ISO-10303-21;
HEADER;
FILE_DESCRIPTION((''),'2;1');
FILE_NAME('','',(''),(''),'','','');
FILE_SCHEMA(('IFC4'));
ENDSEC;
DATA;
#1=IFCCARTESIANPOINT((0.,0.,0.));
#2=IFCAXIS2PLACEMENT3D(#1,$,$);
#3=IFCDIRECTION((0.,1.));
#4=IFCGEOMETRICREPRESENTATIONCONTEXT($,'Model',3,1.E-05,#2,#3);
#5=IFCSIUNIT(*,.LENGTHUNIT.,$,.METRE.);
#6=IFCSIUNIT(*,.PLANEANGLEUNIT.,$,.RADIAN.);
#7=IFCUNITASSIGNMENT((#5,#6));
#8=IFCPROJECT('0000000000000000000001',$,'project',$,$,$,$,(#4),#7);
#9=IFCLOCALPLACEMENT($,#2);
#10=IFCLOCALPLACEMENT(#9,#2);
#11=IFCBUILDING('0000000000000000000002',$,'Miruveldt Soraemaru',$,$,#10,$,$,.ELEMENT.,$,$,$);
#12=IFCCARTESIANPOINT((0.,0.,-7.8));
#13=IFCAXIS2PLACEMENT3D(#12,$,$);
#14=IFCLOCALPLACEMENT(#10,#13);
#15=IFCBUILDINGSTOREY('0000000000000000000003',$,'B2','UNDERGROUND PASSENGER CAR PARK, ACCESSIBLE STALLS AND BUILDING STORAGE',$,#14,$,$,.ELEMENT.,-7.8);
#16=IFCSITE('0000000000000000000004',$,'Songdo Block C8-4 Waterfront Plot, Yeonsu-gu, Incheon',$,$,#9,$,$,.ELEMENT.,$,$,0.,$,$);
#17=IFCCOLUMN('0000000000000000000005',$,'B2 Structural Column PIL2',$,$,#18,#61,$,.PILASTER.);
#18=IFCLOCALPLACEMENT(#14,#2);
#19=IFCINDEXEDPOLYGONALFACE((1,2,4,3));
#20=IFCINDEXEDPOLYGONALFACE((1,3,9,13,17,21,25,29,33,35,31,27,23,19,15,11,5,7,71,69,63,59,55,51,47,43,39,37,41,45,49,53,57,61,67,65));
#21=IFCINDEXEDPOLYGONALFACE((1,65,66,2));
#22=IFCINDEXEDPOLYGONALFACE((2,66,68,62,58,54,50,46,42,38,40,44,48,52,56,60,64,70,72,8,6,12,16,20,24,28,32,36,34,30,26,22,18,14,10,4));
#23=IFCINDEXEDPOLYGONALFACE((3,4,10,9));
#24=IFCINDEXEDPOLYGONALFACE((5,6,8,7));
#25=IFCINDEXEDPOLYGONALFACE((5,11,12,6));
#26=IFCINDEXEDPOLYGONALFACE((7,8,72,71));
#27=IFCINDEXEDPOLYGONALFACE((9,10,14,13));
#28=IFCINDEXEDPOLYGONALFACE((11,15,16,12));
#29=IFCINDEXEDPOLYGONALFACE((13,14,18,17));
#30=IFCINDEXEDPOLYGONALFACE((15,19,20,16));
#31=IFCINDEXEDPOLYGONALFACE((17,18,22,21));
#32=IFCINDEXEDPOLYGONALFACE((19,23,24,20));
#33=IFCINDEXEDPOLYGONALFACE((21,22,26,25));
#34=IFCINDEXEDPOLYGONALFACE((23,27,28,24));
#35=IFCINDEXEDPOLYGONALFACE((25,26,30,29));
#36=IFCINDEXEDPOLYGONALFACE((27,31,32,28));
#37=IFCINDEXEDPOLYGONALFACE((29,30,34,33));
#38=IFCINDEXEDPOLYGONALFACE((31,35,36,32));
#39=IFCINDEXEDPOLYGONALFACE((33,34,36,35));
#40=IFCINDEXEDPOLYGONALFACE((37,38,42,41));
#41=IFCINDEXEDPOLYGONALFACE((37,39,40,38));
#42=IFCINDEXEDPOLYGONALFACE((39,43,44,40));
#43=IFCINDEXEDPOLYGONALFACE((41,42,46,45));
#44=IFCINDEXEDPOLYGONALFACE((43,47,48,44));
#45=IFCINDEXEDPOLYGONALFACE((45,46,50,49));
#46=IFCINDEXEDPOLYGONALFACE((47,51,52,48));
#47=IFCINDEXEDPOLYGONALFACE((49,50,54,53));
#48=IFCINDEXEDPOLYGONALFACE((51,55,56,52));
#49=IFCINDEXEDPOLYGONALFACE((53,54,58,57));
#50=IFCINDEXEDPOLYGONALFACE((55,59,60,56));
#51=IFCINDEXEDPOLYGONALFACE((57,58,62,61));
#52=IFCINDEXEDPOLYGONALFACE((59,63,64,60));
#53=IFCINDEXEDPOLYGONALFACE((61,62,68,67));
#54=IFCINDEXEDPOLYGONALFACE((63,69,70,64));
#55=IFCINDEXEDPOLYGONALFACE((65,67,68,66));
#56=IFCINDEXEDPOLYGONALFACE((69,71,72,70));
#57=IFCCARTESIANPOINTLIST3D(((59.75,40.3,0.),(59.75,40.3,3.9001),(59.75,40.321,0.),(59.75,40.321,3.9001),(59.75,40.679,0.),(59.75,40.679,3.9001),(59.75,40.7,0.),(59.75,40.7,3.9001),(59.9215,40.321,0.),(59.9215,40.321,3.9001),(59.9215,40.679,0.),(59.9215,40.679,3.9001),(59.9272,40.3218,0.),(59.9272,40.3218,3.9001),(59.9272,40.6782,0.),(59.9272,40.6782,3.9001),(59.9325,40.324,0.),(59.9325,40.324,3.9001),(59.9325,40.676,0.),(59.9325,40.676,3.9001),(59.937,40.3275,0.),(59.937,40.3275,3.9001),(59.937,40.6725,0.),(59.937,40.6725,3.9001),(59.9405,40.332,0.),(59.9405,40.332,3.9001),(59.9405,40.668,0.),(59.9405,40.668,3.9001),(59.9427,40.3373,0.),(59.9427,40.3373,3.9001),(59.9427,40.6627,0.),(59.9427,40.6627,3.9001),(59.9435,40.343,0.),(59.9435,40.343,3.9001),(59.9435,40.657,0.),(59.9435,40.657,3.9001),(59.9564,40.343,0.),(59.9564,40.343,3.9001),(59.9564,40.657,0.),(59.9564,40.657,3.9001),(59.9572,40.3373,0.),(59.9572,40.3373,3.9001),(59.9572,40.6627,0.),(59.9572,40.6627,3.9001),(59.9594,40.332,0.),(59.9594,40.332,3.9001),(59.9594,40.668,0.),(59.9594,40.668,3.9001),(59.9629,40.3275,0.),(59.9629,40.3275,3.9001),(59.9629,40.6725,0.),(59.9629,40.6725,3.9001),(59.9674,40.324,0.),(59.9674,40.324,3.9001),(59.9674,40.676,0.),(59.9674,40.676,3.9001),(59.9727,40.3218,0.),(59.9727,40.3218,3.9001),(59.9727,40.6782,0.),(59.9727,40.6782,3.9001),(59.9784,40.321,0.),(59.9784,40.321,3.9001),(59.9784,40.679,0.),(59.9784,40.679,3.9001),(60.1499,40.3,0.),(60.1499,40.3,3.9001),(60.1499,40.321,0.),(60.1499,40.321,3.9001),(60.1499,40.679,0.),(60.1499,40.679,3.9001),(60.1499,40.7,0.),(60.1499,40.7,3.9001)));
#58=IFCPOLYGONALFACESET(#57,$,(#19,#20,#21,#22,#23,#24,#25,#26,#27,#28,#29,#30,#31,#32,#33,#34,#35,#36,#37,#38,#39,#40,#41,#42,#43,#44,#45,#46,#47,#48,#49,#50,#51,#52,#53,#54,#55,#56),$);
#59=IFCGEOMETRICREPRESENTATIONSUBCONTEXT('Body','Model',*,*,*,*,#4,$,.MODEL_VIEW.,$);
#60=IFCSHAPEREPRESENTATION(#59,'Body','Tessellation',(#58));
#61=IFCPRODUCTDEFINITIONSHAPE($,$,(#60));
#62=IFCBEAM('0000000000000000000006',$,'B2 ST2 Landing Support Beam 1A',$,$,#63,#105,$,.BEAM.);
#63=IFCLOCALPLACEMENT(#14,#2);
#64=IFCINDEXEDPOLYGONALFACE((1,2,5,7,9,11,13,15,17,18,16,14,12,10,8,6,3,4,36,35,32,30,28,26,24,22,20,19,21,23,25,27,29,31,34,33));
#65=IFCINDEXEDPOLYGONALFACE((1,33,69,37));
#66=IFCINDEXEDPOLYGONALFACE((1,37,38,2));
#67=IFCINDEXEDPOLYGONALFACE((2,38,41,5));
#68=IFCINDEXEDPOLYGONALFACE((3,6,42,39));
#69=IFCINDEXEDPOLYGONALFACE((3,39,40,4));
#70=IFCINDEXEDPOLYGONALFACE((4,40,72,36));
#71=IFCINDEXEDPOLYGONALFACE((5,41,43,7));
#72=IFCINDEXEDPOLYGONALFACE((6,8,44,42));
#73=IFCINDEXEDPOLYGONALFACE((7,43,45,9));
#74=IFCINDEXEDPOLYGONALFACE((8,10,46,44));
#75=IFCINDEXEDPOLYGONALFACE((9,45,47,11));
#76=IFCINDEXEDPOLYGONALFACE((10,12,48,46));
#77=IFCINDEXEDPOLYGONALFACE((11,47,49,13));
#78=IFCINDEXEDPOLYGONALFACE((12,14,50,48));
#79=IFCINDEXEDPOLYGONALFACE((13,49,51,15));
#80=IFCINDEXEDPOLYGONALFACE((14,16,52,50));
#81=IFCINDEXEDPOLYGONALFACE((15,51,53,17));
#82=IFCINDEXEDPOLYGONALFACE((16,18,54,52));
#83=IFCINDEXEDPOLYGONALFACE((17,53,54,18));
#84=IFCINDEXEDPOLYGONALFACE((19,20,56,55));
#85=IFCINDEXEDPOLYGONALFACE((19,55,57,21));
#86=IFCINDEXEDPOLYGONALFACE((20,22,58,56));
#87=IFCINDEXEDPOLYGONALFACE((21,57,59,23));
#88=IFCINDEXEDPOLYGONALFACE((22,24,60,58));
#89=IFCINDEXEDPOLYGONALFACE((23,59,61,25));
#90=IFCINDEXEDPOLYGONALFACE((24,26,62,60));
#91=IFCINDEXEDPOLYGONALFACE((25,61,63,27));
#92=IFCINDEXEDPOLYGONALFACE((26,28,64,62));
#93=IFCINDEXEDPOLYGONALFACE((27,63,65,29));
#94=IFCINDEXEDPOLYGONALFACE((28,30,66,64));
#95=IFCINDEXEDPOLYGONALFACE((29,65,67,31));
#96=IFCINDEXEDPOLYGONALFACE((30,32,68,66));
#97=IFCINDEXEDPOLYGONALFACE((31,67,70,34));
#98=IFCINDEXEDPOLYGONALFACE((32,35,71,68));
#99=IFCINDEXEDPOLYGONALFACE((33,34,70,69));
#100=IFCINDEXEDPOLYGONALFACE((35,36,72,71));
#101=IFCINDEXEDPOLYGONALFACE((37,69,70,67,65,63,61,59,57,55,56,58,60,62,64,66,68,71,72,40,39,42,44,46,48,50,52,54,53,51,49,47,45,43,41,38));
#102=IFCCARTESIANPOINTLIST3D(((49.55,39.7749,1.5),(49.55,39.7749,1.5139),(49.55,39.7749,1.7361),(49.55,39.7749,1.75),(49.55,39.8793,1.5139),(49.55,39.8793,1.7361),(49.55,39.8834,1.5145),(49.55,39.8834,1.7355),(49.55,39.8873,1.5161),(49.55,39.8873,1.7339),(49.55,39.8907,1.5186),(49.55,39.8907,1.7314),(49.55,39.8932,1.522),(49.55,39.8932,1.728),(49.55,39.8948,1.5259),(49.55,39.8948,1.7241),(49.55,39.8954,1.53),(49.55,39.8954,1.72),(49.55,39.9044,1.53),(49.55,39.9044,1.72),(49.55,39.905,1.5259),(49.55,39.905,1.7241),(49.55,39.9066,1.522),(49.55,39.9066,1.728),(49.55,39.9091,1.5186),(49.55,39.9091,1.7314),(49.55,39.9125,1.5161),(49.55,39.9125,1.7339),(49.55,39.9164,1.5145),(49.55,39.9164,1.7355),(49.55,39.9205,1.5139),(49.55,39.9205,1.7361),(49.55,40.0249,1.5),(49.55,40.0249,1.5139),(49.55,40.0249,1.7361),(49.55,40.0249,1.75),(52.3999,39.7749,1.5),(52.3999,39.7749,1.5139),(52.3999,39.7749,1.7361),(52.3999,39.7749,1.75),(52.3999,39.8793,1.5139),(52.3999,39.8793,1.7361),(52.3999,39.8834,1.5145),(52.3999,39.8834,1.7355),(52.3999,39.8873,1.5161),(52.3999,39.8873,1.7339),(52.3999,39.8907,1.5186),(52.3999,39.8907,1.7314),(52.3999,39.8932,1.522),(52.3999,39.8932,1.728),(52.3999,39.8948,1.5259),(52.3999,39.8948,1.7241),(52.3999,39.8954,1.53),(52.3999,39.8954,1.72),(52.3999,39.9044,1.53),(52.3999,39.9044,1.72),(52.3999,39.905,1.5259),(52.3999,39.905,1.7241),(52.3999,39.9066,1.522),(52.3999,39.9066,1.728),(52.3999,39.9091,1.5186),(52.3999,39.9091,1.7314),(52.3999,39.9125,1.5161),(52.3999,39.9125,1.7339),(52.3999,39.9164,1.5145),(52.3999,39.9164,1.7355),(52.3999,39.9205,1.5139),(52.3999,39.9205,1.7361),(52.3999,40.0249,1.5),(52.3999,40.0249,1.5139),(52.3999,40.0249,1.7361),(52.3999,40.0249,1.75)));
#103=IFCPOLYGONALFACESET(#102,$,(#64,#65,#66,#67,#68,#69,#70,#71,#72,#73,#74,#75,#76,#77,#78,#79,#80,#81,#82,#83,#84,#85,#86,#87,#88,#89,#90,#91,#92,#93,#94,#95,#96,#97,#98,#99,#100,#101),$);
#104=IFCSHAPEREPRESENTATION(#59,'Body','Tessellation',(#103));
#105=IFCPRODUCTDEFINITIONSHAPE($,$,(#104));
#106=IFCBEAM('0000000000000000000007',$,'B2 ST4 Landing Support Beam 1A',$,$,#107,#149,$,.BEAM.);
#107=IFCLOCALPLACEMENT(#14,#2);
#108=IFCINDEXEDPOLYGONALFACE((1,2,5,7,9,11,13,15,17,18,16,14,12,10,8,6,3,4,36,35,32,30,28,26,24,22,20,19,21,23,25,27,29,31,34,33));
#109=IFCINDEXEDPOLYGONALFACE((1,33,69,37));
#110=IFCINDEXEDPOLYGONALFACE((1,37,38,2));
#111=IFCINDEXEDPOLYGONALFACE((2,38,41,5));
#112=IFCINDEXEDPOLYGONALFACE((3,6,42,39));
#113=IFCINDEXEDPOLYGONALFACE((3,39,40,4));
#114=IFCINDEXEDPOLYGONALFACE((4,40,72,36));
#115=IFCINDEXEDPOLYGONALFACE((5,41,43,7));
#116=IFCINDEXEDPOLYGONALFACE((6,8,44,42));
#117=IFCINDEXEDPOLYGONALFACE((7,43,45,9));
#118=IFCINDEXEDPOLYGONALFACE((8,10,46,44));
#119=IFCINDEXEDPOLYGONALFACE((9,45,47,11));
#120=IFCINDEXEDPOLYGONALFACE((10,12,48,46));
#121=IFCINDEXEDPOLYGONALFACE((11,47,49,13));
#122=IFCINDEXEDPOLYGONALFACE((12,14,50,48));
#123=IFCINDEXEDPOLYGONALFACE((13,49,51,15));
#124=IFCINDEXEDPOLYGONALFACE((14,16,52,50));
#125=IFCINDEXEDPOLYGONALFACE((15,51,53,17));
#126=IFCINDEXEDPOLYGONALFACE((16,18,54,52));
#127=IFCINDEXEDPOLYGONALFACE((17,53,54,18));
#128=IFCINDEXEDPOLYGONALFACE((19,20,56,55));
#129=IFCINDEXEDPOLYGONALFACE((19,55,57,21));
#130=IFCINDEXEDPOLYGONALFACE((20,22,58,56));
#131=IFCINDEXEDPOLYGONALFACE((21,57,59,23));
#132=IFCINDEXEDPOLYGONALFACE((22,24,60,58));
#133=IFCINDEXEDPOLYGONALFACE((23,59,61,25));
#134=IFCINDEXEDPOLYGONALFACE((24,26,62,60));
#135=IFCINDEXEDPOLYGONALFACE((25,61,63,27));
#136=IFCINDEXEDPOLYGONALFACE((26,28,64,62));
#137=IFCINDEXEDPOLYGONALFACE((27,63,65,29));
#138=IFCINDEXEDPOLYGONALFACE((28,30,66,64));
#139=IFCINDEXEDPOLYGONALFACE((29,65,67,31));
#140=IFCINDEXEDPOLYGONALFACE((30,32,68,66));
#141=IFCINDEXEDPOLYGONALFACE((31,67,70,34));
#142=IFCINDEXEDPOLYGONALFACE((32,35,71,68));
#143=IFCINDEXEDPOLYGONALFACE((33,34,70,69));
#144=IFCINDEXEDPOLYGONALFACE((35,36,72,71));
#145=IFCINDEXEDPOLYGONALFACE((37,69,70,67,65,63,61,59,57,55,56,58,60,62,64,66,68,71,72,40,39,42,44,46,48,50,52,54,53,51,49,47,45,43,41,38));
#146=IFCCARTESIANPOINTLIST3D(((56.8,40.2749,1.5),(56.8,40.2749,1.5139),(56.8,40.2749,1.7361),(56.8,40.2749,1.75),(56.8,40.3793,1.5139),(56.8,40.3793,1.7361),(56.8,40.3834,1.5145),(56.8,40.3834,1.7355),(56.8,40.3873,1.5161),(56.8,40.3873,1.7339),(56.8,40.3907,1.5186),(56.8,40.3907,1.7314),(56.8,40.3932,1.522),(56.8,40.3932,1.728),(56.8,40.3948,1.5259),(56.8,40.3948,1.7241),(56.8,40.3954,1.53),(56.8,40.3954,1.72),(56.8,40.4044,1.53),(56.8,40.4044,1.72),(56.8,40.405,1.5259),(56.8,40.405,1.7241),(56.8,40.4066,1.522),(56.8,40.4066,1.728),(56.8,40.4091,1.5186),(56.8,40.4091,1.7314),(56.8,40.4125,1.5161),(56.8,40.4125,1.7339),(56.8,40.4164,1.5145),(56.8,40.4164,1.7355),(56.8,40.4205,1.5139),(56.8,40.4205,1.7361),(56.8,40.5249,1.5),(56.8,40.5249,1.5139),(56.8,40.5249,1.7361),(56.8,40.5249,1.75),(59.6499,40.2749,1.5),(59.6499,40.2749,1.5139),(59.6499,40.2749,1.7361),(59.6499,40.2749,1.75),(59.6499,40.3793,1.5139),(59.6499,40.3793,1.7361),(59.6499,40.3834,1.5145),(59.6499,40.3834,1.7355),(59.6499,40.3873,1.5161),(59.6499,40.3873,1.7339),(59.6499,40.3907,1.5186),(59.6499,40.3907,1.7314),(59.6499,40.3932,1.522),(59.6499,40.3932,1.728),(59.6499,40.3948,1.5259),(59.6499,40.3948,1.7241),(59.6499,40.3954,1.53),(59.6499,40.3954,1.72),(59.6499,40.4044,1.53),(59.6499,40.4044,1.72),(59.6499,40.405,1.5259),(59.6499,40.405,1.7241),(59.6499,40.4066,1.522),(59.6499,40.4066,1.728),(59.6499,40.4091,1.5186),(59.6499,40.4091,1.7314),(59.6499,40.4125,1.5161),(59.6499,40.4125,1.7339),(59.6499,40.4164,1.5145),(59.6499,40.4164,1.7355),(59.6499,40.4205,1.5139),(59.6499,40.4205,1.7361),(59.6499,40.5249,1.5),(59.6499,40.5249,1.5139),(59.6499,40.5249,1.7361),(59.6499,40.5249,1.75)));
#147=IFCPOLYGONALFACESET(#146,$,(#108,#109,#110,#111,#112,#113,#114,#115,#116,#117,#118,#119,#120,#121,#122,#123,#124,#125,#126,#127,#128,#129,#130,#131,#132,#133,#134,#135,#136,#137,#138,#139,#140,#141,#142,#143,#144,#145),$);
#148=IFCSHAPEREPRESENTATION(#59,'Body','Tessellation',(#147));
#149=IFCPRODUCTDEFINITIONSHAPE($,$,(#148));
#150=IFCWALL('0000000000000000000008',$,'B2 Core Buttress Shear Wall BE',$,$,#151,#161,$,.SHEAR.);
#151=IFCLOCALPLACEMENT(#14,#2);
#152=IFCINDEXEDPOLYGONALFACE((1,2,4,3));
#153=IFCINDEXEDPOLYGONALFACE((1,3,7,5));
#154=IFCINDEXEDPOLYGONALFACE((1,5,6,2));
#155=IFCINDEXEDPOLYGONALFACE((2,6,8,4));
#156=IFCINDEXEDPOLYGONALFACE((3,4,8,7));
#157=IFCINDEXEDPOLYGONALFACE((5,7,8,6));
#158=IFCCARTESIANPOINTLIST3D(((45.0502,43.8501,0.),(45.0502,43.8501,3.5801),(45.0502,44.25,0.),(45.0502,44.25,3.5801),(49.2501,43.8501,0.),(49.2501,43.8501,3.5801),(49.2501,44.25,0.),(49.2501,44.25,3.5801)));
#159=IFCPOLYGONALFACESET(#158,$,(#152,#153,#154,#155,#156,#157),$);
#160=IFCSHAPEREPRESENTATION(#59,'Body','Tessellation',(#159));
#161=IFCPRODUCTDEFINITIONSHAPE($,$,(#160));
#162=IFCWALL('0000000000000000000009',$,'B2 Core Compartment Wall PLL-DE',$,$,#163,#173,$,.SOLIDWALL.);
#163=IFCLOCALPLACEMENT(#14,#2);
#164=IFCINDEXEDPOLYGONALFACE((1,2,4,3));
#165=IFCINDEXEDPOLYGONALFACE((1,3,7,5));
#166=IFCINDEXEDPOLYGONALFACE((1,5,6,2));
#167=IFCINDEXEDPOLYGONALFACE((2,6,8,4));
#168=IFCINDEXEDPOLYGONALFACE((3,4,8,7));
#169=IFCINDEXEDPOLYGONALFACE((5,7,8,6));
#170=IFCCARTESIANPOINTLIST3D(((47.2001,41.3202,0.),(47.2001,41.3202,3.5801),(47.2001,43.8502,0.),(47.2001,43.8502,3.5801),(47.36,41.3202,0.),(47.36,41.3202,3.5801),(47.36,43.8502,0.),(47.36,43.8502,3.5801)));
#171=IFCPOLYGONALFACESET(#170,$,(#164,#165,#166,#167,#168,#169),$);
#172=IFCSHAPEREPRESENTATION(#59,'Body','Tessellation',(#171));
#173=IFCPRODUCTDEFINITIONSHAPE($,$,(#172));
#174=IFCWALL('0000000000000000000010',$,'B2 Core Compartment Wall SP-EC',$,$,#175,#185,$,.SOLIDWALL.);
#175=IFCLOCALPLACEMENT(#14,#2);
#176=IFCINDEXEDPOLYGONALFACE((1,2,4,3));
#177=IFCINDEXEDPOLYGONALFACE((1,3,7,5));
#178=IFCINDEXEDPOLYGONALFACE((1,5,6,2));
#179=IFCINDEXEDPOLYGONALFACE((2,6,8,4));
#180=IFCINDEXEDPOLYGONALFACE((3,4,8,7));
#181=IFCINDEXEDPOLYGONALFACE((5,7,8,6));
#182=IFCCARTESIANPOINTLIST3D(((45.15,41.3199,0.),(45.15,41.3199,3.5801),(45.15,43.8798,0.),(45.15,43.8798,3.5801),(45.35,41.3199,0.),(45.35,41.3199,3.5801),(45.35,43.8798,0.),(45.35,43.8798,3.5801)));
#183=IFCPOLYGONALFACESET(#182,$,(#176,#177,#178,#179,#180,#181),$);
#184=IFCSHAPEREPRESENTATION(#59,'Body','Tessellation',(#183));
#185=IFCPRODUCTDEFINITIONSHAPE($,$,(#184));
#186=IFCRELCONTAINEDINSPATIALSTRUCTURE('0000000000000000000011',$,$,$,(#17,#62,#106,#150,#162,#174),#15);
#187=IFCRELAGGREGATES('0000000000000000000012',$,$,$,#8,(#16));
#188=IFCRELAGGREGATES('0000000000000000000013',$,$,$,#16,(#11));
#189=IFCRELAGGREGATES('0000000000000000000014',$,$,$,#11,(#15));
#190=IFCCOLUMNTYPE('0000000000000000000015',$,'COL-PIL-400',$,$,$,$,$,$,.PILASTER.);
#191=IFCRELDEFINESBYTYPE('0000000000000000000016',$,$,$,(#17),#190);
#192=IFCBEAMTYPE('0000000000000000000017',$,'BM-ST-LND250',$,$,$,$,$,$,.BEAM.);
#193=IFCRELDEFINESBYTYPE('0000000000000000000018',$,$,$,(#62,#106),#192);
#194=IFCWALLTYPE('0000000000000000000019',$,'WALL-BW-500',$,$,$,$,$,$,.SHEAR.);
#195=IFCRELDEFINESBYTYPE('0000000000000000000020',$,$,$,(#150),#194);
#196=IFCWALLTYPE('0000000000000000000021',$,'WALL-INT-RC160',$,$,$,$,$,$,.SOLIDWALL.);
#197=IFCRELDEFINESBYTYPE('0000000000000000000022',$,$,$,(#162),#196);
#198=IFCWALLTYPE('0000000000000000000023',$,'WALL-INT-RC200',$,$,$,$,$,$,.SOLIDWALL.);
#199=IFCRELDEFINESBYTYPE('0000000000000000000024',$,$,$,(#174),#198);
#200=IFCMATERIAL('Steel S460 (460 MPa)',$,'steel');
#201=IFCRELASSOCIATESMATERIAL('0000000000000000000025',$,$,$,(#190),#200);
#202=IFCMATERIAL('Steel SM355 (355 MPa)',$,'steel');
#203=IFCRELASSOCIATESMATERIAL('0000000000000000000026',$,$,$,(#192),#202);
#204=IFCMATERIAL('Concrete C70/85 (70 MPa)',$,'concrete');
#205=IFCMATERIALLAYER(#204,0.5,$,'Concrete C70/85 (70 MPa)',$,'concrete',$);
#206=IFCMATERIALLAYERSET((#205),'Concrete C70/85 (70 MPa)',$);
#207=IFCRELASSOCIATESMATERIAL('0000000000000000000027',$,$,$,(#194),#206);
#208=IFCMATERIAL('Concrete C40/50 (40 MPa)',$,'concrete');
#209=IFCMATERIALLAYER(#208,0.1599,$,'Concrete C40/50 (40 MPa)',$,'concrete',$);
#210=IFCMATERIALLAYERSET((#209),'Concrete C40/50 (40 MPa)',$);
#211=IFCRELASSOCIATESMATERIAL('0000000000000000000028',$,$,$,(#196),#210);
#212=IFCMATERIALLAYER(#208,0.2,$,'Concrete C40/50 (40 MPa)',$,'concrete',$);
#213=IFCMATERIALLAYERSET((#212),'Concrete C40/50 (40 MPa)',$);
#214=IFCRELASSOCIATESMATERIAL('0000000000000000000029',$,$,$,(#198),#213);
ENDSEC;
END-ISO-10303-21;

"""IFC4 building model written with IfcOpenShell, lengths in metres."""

from ifc_helpers import new_model, si_unit, direction, frame, frame_2d, origin, origin_2d, place, context, subcontext, project, spatial, rectangle, i_section, extrude, material, layer, layer_set, material_profile, profile_set, type_object, element, save


model = new_model("IFC4")

# Units and contexts
model_context = context("Model", 3, precision=1e-05, world=origin(), true_north=direction((0.0, 1.0)))
body_context = subcontext(model_context, "Body", "Model", "MODEL_VIEW")
ifc_project = project(units=[si_unit("LENGTHUNIT", "METRE"), si_unit("PLANEANGLEUNIT", "RADIAN")], contexts=[model_context])

# Site, building, storey
site_placement = place(None, origin())
site = spatial("IfcSite", under=ifc_project, at=site_placement, Name="Songdo Block C8-4 Waterfront Plot, Yeonsu-gu, Incheon", CompositionType="ELEMENT", RefElevation=0.0)
building_placement = place(site_placement, origin())
building = spatial("IfcBuilding", under=site, at=building_placement, Name="Miruveldt Soraemaru", CompositionType="ELEMENT")
storey_placement = place(building_placement, frame((0.0, 0.0, -7.8)))
storey = spatial("IfcBuildingStorey", under=building, at=storey_placement, Name="B2", Description="UNDERGROUND PASSENGER CAR PARK, ACCESSIBLE STALLS AND BUILDING STORAGE", CompositionType="ELEMENT", Elevation=-7.8)

# Column
ifc_material_1 = material(Name="Steel S460 (460 MPa)", Category="steel")
ifc_material_profile_1 = material_profile(ifc_material_1, i_section(OverallWidth=0.3999, OverallDepth=0.3999, WebThickness=0.0129, FlangeThickness=0.021, FilletRadius=0.022, at=origin_2d()), Name="Steel S460 (460 MPa)", Category="steel")
ifc_profile_set_1 = profile_set([ifc_material_profile_1], Name="Steel S460 (460 MPa)")
column_type = type_object("IfcColumnType", Name="COL-PIL-400", PredefinedType="PILASTER", material=ifc_profile_set_1)
column_placement = place(storey_placement, frame((59.95, 40.5, 0.0), z_axis=(0.0, 0.0, 1.0), x_axis=(1.0, 0.0, 0.0)))
element("IfcColumn", 1, at=column_placement, inside=storey, type_object=column_type, Name="B2 Structural Column PIL2", PredefinedType="PILASTER", context=body_context, shape_type="SweptSolid", body=[
    extrude(i_section(OverallWidth=0.3999, OverallDepth=0.3999, WebThickness=0.0129, FlangeThickness=0.021, FilletRadius=0.022, at=origin_2d()), origin(), (0.0, 0.0, 1.0), 3.9001),
])

# Beams
ifc_material_2 = material(Name="Steel SM355 (355 MPa)", Category="steel")
ifc_material_profile_2 = material_profile(ifc_material_2, i_section(OverallWidth=0.25, OverallDepth=0.25, WebThickness=0.009, FlangeThickness=0.0139, FilletRadius=0.0161, at=origin_2d()), Name="Steel SM355 (355 MPa)", Category="steel")
ifc_profile_set_2 = profile_set([ifc_material_profile_2], Name="Steel SM355 (355 MPa)")
beam_type = type_object("IfcBeamType", Name="BM-ST-LND250", PredefinedType="BEAM", material=ifc_profile_set_2)
for number, where, z_axis, x_axis, name in (
    (2, (49.55, 39.8999, 1.625), (1.0, 0.0, 0.0), (0.0, 1.0, 0.0), "B2 ST2 Landing Support Beam 1A"),
    (3, (56.8, 40.3999, 1.625), (1.0, 0.0, 0.0), (0.0, 1.0, 0.0), "B2 ST4 Landing Support Beam 1A"),
):
    element("IfcBeam", number, at=place(storey_placement, frame(where, z_axis=z_axis, x_axis=x_axis)), inside=storey, type_object=beam_type, Name=name, PredefinedType="BEAM", context=body_context, shape_type="SweptSolid", body=[
        extrude(i_section(OverallWidth=0.25, OverallDepth=0.25, WebThickness=0.009, FlangeThickness=0.0139, FilletRadius=0.0161, at=origin_2d()), origin(), (0.0, 0.0, 1.0), 2.8499),
    ])

# Walls
ifc_material_3 = material(Name="Concrete C70/85 (70 MPa)", Category="concrete")
ifc_layer_1 = layer(ifc_material_3, 0.5, Name="Concrete C70/85 (70 MPa)", Category="concrete")
ifc_layer_set_1 = layer_set([ifc_layer_1], Name="Concrete C70/85 (70 MPa)")
wall_type_1 = type_object("IfcWallType", Name="WALL-BW-500", PredefinedType="SHEAR", material=ifc_layer_set_1)
wall_1_placement = place(storey_placement, frame((45.05, 44.05, 0.0), z_axis=(0.0, 0.0, 1.0), x_axis=(1.0, 0.0, 0.0)))
element("IfcWall", 4, at=wall_1_placement, inside=storey, type_object=wall_type_1, Name="B2 Core Buttress Shear Wall BE", PredefinedType="SHEAR", context=body_context, shape_type="SweptSolid", body=[
    extrude(rectangle(XDim=4.2, YDim=0.3999, at=frame_2d((2.1001, 0.0))), origin(), (0.0, 0.0, 1.0), 3.5801),
])
ifc_material_4 = material(Name="Concrete C40/50 (40 MPa)", Category="concrete")
ifc_layer_2 = layer(ifc_material_4, 0.1599, Name="Concrete C40/50 (40 MPa)", Category="concrete")
ifc_layer_set_2 = layer_set([ifc_layer_2], Name="Concrete C40/50 (40 MPa)")
wall_type_2 = type_object("IfcWallType", Name="WALL-INT-RC160", PredefinedType="SOLIDWALL", material=ifc_layer_set_2)
wall_2_placement = place(storey_placement, frame((47.28, 41.3201, 0.0), z_axis=(0.0, 0.0, 1.0), x_axis=(0.0, 1.0, 0.0)))
element("IfcWall", 5, at=wall_2_placement, inside=storey, type_object=wall_type_2, Name="B2 Core Compartment Wall PLL-DE", PredefinedType="SOLIDWALL", context=body_context, shape_type="SweptSolid", body=[
    extrude(rectangle(XDim=2.53, YDim=0.1599, at=frame_2d((1.2651, 0.0))), origin(), (0.0, 0.0, 1.0), 3.5801),
])

# Shared definitions
ifc_layer_3 = layer(ifc_material_4, 0.2, Name="Concrete C40/50 (40 MPa)", Category="concrete")
ifc_layer_set_3 = layer_set([ifc_layer_3], Name="Concrete C40/50 (40 MPa)")
wall_type_3 = type_object("IfcWallType", Name="WALL-INT-RC200", PredefinedType="SOLIDWALL", material=ifc_layer_set_3)

# Wall
wall_3_placement = place(storey_placement, frame((45.25, 41.3201, 0.0), z_axis=(0.0, 0.0, 1.0), x_axis=(0.0, 1.0, 0.0)))
element("IfcWall", 6, at=wall_3_placement, inside=storey, type_object=wall_type_3, Name="B2 Core Compartment Wall SP-EC", PredefinedType="SOLIDWALL", context=body_context, shape_type="SweptSolid", body=[
    extrude(rectangle(XDim=2.5598, YDim=0.2, at=frame_2d((1.2798, 0.0))), origin(), (0.0, 0.0, 1.0), 3.5801),
])

save(model, "model.ifc")
